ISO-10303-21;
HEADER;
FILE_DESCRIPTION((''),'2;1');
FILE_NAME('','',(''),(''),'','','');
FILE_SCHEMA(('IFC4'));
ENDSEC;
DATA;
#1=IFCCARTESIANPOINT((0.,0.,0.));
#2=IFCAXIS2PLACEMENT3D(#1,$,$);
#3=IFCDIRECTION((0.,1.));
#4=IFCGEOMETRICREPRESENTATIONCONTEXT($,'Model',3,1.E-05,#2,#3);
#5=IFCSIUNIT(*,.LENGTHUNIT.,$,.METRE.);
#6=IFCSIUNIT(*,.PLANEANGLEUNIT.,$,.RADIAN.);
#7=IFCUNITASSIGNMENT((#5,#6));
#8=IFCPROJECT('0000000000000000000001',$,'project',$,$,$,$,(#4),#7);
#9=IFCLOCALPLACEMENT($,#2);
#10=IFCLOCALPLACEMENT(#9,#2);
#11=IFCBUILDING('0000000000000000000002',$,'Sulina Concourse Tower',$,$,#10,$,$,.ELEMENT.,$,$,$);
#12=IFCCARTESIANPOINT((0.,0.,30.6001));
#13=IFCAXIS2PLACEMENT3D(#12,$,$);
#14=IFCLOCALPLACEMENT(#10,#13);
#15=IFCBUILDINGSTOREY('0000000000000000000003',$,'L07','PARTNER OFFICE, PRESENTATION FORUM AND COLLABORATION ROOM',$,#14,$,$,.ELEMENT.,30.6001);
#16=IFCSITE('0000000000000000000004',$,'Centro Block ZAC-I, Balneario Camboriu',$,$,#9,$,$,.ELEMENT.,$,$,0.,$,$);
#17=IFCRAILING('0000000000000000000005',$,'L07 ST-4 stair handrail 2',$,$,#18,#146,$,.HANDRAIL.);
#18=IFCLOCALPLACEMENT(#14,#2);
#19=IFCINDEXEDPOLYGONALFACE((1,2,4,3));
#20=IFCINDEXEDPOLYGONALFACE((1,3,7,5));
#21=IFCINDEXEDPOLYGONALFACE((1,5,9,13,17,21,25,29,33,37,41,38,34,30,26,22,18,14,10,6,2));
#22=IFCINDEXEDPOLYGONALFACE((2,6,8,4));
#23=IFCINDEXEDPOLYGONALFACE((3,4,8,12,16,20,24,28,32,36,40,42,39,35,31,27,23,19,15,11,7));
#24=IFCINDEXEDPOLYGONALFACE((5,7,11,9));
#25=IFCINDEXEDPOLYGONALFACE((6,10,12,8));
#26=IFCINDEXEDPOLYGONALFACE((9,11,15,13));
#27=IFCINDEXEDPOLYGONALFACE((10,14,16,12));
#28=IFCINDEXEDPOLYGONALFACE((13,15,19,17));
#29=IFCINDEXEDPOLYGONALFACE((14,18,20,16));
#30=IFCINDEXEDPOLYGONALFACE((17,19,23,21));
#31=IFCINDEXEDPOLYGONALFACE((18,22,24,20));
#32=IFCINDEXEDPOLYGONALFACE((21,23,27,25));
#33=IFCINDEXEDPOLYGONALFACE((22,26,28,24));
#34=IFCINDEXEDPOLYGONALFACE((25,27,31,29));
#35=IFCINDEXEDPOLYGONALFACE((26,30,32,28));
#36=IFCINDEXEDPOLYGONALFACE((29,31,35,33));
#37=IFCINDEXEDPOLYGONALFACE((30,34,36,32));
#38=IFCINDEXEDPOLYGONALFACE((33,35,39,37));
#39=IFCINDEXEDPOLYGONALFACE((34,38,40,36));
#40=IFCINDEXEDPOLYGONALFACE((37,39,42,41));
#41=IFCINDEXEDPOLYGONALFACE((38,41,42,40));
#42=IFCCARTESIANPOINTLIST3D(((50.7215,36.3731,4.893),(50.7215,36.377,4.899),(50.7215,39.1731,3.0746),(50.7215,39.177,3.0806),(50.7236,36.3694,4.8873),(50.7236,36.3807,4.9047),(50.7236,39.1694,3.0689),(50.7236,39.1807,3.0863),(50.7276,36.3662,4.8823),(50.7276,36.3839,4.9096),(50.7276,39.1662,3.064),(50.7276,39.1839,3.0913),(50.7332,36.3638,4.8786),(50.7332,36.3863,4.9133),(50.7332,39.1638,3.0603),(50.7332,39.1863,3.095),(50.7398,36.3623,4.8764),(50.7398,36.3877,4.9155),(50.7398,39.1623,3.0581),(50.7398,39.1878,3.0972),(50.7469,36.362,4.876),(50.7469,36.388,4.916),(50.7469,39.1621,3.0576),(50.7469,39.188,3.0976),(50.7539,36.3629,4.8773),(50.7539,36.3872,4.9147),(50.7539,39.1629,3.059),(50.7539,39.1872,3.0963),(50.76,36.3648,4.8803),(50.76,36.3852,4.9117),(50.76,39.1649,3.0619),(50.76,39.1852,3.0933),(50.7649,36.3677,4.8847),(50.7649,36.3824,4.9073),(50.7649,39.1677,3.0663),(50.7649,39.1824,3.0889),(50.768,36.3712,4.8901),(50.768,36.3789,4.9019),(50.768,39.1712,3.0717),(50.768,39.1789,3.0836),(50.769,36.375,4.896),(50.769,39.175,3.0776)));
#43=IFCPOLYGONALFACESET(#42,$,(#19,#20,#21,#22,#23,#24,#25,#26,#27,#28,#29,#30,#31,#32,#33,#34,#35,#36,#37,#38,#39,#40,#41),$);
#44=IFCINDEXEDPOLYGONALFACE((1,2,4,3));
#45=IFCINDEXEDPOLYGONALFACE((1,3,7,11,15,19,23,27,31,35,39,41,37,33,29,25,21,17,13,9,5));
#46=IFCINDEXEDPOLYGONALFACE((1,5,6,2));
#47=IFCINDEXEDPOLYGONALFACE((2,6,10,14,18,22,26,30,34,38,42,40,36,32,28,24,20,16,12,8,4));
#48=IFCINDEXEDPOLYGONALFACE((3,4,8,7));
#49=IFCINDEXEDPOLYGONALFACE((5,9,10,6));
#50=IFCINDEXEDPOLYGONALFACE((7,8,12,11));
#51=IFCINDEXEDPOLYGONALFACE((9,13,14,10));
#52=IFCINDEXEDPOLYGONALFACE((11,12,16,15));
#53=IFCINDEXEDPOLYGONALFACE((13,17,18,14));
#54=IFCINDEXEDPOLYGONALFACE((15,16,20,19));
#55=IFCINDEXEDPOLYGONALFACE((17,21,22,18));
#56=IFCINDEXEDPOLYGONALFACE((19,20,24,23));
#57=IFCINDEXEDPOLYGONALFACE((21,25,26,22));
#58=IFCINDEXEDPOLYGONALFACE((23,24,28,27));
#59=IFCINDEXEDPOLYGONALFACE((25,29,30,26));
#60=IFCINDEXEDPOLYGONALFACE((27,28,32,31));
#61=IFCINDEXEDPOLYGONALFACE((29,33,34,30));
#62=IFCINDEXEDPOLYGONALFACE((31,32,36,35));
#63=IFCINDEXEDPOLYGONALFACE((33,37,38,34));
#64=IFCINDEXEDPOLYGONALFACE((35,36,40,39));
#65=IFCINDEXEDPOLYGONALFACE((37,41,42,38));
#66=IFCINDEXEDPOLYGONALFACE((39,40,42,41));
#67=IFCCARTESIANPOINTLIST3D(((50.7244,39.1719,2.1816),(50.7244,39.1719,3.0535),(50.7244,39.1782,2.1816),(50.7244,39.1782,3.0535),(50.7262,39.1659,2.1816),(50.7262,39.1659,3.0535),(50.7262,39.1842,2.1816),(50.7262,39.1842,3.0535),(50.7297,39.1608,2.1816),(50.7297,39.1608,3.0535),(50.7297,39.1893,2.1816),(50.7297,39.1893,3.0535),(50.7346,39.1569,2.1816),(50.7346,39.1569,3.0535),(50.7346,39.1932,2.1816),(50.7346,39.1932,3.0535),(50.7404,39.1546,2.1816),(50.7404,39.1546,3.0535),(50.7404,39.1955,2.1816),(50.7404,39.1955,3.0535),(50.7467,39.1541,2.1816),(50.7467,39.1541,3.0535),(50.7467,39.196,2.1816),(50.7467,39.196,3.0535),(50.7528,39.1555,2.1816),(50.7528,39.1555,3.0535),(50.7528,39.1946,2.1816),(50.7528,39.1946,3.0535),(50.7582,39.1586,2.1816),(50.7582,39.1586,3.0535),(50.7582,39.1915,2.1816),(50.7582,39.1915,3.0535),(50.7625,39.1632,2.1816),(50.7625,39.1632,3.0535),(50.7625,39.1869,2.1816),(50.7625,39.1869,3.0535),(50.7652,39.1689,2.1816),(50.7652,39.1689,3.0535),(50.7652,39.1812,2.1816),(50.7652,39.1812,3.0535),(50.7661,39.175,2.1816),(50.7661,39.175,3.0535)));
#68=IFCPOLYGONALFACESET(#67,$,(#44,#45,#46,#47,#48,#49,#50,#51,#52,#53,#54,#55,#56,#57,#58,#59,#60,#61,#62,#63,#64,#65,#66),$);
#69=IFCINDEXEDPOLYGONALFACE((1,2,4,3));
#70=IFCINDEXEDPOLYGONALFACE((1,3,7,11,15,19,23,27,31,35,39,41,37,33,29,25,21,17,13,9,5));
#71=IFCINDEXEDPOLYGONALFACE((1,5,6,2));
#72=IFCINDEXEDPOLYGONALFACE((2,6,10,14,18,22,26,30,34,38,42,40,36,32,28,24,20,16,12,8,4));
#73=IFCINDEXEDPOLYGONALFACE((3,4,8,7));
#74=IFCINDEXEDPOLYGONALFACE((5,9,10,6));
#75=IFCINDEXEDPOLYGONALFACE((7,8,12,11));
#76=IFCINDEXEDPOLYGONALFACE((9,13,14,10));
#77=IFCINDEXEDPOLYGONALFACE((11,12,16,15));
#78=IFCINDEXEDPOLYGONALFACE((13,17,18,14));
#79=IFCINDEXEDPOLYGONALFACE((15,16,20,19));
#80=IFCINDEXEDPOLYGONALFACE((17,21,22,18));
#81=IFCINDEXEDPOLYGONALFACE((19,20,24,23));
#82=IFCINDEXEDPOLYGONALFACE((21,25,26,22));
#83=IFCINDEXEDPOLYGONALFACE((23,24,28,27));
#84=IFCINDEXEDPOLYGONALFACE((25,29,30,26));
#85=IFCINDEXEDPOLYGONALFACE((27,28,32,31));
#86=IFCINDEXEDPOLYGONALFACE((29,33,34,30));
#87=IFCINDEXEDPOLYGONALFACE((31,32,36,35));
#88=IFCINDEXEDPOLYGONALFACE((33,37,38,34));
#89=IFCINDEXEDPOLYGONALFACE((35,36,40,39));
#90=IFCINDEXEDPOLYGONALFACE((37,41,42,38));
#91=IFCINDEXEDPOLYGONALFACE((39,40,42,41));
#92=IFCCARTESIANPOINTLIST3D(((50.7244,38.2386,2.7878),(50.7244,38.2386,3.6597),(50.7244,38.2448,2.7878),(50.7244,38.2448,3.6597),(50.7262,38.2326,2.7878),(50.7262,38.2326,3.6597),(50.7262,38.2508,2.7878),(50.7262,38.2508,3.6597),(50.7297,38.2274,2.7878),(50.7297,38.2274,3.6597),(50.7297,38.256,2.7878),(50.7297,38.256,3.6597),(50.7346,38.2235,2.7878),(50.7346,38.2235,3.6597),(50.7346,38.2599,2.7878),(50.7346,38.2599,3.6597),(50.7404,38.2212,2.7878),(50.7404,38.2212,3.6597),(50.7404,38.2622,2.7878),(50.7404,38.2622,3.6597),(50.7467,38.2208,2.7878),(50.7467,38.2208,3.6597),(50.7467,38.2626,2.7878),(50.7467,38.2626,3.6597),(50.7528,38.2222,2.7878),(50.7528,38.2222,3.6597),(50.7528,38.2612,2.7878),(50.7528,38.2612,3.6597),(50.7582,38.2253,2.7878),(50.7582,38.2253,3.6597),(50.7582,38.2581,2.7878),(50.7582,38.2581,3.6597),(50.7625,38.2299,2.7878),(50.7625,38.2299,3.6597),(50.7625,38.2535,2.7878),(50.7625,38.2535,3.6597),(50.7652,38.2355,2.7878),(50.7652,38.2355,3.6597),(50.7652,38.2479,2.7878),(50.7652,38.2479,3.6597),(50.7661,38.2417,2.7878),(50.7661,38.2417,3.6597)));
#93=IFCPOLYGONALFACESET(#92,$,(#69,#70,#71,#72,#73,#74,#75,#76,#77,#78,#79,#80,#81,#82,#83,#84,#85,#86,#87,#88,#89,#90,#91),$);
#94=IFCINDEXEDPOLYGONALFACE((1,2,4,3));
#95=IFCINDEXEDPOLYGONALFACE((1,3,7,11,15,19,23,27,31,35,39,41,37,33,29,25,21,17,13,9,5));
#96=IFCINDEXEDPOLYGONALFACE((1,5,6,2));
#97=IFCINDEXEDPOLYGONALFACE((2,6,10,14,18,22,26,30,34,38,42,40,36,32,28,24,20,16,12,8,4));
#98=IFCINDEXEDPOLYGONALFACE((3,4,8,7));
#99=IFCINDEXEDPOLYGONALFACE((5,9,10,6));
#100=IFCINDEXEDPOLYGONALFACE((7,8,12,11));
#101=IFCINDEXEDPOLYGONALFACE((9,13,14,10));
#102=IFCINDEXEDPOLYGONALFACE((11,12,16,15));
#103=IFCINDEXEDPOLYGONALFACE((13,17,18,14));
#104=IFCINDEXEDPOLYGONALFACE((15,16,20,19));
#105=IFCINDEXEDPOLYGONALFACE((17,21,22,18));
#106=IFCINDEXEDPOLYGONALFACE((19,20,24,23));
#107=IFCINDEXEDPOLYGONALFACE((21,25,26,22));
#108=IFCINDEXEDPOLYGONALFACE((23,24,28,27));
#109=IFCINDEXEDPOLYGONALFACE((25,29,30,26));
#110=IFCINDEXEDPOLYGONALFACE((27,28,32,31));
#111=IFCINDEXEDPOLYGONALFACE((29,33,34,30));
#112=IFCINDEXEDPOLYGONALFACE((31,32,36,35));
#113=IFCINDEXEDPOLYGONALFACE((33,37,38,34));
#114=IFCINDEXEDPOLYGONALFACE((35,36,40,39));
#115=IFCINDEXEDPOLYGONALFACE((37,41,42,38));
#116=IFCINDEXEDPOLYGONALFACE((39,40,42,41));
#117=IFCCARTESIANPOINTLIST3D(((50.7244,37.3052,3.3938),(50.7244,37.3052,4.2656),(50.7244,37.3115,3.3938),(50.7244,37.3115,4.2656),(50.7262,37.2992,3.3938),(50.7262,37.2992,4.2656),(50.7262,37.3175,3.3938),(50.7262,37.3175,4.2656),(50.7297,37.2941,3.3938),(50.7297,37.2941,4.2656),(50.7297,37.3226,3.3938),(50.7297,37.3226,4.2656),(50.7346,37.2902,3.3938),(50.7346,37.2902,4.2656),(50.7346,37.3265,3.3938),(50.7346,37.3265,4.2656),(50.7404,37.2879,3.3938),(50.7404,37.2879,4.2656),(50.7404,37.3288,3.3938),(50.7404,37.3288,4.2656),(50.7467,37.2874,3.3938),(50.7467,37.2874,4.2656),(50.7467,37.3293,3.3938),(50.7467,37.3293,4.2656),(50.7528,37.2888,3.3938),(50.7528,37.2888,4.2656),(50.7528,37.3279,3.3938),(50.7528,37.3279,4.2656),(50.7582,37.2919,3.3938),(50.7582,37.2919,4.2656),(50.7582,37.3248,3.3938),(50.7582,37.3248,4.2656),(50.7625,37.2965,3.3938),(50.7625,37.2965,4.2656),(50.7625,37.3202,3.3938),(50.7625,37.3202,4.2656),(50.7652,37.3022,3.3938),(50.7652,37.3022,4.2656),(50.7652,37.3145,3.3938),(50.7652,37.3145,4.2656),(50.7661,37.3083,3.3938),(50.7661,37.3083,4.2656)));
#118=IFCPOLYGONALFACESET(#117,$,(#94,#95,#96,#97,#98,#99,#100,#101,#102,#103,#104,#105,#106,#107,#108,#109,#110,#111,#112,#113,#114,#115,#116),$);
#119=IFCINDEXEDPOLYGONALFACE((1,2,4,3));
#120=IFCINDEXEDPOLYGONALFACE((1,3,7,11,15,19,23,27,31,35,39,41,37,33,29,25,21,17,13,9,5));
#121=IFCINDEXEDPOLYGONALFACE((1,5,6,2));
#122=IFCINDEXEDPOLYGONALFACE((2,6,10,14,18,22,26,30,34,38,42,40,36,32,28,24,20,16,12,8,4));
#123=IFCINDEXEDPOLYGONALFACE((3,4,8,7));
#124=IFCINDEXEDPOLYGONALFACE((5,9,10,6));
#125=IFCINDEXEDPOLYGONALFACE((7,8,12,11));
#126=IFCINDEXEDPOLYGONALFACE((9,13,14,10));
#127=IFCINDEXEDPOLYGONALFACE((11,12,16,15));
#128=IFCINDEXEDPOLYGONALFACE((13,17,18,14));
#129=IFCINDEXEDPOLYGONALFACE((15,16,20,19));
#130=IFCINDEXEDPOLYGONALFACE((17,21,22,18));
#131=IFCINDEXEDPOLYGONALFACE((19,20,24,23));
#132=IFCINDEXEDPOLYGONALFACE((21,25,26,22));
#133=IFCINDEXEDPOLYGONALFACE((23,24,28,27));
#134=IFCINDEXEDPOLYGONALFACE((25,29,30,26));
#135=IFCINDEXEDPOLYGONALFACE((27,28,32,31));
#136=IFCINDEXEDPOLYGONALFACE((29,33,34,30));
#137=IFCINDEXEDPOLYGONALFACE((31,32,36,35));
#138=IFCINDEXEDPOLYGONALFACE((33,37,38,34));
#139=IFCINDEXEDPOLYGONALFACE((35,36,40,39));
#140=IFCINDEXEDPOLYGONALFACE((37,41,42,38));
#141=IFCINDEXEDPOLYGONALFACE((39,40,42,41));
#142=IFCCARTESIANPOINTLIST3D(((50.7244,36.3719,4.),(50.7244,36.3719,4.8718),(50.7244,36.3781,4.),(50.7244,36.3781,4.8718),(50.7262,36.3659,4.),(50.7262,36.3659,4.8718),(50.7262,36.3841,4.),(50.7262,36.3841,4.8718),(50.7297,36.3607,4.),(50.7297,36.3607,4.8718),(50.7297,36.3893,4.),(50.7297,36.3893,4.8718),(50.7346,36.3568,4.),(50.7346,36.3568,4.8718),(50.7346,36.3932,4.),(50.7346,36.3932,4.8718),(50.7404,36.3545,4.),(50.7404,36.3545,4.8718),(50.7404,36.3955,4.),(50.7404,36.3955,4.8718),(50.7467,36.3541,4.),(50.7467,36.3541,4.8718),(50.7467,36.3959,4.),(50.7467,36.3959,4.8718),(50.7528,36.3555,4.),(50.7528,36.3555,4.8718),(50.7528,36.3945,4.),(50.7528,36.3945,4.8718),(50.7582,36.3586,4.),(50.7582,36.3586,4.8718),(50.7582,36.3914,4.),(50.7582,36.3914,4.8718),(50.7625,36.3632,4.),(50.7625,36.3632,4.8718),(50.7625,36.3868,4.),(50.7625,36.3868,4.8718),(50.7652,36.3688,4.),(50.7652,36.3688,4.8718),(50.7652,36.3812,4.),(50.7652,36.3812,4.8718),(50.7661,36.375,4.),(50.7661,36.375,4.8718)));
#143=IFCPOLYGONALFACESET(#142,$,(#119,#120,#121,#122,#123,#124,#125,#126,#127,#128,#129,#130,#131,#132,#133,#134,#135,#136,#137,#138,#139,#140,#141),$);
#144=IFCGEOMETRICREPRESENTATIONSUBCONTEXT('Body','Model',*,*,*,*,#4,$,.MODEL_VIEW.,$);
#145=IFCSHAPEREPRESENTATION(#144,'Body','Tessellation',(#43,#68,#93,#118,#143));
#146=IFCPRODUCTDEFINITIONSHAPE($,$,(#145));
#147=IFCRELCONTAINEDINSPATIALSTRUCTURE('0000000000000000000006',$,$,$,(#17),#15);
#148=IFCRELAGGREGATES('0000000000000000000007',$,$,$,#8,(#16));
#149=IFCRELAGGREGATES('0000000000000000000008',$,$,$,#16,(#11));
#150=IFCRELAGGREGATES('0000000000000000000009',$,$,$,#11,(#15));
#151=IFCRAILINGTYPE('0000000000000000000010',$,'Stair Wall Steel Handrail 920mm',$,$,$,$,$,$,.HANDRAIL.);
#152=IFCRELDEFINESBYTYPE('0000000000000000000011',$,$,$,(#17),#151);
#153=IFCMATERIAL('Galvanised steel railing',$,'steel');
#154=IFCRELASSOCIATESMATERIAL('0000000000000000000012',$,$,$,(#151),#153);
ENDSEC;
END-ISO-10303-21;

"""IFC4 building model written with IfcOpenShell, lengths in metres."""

from ifc_helpers import new_model, si_unit, direction, frame, origin, origin_2d, place, context, subcontext, project, spatial, circle, extrude, material, type_object, element, save


model = new_model("IFC4")

# Units and contexts
model_context = context("Model", 3, precision=1e-05, world=origin(), true_north=direction((0.0, 1.0)))
body_context = subcontext(model_context, "Body", "Model", "MODEL_VIEW")
ifc_project = project(units=[si_unit("LENGTHUNIT", "METRE"), si_unit("PLANEANGLEUNIT", "RADIAN")], contexts=[model_context])

# Site, building, storey
site_placement = place(None, origin())
site = spatial("IfcSite", under=ifc_project, at=site_placement, Name="Centro Block ZAC-I, Balneario Camboriu", CompositionType="ELEMENT", RefElevation=0.0)
building_placement = place(site_placement, origin())
building = spatial("IfcBuilding", under=site, at=building_placement, Name="Sulina Concourse Tower", CompositionType="ELEMENT")
storey_placement = place(building_placement, frame((0.0, 0.0, 30.6001)))
storey = spatial("IfcBuildingStorey", under=building, at=storey_placement, Name="L07", Description="PARTNER OFFICE, PRESENTATION FORUM AND COLLABORATION ROOM", CompositionType="ELEMENT", Elevation=30.6001)

# Railing
ifc_material_1 = material(Name="Galvanised steel railing", Category="steel")
railing_type_1 = type_object("IfcRailingType", Name="Stair Wall Steel Handrail 920mm", PredefinedType="HANDRAIL", material=ifc_material_1)
railing_1_placement = place(storey_placement, frame((50.7451, 39.175, 2.1816)))
element("IfcRailing", 1, at=railing_1_placement, inside=storey, type_object=railing_type_1, Name="L07 ST-4 stair handrail 2", PredefinedType="HANDRAIL", context=body_context, shape_type="SweptSolid", body=[
    extrude(circle(Radius=0.0239, at=origin_2d()), frame((0.0, 0.0, 0.896), z_axis=(0.0, -0.838672, 0.544636), x_axis=(1.0, 0.0, 0.0)), (0.0, 0.0, 1.0), 3.3386),
    extrude(circle(Radius=0.021, at=origin_2d()), origin(), (0.0, 0.0, 1.0), 0.8718),
    extrude(circle(Radius=0.021, at=origin_2d()), frame((0.0, -0.9333, 0.6062)), (0.0, 0.0, 1.0), 0.8718),
    extrude(circle(Radius=0.021, at=origin_2d()), frame((0.0, -1.8667, 1.2122)), (0.0, 0.0, 1.0), 0.8718),
    extrude(circle(Radius=0.021, at=origin_2d()), frame((0.0, -2.8, 1.8184)), (0.0, 0.0, 1.0), 0.8718),
])

save(model, "model.ifc")
